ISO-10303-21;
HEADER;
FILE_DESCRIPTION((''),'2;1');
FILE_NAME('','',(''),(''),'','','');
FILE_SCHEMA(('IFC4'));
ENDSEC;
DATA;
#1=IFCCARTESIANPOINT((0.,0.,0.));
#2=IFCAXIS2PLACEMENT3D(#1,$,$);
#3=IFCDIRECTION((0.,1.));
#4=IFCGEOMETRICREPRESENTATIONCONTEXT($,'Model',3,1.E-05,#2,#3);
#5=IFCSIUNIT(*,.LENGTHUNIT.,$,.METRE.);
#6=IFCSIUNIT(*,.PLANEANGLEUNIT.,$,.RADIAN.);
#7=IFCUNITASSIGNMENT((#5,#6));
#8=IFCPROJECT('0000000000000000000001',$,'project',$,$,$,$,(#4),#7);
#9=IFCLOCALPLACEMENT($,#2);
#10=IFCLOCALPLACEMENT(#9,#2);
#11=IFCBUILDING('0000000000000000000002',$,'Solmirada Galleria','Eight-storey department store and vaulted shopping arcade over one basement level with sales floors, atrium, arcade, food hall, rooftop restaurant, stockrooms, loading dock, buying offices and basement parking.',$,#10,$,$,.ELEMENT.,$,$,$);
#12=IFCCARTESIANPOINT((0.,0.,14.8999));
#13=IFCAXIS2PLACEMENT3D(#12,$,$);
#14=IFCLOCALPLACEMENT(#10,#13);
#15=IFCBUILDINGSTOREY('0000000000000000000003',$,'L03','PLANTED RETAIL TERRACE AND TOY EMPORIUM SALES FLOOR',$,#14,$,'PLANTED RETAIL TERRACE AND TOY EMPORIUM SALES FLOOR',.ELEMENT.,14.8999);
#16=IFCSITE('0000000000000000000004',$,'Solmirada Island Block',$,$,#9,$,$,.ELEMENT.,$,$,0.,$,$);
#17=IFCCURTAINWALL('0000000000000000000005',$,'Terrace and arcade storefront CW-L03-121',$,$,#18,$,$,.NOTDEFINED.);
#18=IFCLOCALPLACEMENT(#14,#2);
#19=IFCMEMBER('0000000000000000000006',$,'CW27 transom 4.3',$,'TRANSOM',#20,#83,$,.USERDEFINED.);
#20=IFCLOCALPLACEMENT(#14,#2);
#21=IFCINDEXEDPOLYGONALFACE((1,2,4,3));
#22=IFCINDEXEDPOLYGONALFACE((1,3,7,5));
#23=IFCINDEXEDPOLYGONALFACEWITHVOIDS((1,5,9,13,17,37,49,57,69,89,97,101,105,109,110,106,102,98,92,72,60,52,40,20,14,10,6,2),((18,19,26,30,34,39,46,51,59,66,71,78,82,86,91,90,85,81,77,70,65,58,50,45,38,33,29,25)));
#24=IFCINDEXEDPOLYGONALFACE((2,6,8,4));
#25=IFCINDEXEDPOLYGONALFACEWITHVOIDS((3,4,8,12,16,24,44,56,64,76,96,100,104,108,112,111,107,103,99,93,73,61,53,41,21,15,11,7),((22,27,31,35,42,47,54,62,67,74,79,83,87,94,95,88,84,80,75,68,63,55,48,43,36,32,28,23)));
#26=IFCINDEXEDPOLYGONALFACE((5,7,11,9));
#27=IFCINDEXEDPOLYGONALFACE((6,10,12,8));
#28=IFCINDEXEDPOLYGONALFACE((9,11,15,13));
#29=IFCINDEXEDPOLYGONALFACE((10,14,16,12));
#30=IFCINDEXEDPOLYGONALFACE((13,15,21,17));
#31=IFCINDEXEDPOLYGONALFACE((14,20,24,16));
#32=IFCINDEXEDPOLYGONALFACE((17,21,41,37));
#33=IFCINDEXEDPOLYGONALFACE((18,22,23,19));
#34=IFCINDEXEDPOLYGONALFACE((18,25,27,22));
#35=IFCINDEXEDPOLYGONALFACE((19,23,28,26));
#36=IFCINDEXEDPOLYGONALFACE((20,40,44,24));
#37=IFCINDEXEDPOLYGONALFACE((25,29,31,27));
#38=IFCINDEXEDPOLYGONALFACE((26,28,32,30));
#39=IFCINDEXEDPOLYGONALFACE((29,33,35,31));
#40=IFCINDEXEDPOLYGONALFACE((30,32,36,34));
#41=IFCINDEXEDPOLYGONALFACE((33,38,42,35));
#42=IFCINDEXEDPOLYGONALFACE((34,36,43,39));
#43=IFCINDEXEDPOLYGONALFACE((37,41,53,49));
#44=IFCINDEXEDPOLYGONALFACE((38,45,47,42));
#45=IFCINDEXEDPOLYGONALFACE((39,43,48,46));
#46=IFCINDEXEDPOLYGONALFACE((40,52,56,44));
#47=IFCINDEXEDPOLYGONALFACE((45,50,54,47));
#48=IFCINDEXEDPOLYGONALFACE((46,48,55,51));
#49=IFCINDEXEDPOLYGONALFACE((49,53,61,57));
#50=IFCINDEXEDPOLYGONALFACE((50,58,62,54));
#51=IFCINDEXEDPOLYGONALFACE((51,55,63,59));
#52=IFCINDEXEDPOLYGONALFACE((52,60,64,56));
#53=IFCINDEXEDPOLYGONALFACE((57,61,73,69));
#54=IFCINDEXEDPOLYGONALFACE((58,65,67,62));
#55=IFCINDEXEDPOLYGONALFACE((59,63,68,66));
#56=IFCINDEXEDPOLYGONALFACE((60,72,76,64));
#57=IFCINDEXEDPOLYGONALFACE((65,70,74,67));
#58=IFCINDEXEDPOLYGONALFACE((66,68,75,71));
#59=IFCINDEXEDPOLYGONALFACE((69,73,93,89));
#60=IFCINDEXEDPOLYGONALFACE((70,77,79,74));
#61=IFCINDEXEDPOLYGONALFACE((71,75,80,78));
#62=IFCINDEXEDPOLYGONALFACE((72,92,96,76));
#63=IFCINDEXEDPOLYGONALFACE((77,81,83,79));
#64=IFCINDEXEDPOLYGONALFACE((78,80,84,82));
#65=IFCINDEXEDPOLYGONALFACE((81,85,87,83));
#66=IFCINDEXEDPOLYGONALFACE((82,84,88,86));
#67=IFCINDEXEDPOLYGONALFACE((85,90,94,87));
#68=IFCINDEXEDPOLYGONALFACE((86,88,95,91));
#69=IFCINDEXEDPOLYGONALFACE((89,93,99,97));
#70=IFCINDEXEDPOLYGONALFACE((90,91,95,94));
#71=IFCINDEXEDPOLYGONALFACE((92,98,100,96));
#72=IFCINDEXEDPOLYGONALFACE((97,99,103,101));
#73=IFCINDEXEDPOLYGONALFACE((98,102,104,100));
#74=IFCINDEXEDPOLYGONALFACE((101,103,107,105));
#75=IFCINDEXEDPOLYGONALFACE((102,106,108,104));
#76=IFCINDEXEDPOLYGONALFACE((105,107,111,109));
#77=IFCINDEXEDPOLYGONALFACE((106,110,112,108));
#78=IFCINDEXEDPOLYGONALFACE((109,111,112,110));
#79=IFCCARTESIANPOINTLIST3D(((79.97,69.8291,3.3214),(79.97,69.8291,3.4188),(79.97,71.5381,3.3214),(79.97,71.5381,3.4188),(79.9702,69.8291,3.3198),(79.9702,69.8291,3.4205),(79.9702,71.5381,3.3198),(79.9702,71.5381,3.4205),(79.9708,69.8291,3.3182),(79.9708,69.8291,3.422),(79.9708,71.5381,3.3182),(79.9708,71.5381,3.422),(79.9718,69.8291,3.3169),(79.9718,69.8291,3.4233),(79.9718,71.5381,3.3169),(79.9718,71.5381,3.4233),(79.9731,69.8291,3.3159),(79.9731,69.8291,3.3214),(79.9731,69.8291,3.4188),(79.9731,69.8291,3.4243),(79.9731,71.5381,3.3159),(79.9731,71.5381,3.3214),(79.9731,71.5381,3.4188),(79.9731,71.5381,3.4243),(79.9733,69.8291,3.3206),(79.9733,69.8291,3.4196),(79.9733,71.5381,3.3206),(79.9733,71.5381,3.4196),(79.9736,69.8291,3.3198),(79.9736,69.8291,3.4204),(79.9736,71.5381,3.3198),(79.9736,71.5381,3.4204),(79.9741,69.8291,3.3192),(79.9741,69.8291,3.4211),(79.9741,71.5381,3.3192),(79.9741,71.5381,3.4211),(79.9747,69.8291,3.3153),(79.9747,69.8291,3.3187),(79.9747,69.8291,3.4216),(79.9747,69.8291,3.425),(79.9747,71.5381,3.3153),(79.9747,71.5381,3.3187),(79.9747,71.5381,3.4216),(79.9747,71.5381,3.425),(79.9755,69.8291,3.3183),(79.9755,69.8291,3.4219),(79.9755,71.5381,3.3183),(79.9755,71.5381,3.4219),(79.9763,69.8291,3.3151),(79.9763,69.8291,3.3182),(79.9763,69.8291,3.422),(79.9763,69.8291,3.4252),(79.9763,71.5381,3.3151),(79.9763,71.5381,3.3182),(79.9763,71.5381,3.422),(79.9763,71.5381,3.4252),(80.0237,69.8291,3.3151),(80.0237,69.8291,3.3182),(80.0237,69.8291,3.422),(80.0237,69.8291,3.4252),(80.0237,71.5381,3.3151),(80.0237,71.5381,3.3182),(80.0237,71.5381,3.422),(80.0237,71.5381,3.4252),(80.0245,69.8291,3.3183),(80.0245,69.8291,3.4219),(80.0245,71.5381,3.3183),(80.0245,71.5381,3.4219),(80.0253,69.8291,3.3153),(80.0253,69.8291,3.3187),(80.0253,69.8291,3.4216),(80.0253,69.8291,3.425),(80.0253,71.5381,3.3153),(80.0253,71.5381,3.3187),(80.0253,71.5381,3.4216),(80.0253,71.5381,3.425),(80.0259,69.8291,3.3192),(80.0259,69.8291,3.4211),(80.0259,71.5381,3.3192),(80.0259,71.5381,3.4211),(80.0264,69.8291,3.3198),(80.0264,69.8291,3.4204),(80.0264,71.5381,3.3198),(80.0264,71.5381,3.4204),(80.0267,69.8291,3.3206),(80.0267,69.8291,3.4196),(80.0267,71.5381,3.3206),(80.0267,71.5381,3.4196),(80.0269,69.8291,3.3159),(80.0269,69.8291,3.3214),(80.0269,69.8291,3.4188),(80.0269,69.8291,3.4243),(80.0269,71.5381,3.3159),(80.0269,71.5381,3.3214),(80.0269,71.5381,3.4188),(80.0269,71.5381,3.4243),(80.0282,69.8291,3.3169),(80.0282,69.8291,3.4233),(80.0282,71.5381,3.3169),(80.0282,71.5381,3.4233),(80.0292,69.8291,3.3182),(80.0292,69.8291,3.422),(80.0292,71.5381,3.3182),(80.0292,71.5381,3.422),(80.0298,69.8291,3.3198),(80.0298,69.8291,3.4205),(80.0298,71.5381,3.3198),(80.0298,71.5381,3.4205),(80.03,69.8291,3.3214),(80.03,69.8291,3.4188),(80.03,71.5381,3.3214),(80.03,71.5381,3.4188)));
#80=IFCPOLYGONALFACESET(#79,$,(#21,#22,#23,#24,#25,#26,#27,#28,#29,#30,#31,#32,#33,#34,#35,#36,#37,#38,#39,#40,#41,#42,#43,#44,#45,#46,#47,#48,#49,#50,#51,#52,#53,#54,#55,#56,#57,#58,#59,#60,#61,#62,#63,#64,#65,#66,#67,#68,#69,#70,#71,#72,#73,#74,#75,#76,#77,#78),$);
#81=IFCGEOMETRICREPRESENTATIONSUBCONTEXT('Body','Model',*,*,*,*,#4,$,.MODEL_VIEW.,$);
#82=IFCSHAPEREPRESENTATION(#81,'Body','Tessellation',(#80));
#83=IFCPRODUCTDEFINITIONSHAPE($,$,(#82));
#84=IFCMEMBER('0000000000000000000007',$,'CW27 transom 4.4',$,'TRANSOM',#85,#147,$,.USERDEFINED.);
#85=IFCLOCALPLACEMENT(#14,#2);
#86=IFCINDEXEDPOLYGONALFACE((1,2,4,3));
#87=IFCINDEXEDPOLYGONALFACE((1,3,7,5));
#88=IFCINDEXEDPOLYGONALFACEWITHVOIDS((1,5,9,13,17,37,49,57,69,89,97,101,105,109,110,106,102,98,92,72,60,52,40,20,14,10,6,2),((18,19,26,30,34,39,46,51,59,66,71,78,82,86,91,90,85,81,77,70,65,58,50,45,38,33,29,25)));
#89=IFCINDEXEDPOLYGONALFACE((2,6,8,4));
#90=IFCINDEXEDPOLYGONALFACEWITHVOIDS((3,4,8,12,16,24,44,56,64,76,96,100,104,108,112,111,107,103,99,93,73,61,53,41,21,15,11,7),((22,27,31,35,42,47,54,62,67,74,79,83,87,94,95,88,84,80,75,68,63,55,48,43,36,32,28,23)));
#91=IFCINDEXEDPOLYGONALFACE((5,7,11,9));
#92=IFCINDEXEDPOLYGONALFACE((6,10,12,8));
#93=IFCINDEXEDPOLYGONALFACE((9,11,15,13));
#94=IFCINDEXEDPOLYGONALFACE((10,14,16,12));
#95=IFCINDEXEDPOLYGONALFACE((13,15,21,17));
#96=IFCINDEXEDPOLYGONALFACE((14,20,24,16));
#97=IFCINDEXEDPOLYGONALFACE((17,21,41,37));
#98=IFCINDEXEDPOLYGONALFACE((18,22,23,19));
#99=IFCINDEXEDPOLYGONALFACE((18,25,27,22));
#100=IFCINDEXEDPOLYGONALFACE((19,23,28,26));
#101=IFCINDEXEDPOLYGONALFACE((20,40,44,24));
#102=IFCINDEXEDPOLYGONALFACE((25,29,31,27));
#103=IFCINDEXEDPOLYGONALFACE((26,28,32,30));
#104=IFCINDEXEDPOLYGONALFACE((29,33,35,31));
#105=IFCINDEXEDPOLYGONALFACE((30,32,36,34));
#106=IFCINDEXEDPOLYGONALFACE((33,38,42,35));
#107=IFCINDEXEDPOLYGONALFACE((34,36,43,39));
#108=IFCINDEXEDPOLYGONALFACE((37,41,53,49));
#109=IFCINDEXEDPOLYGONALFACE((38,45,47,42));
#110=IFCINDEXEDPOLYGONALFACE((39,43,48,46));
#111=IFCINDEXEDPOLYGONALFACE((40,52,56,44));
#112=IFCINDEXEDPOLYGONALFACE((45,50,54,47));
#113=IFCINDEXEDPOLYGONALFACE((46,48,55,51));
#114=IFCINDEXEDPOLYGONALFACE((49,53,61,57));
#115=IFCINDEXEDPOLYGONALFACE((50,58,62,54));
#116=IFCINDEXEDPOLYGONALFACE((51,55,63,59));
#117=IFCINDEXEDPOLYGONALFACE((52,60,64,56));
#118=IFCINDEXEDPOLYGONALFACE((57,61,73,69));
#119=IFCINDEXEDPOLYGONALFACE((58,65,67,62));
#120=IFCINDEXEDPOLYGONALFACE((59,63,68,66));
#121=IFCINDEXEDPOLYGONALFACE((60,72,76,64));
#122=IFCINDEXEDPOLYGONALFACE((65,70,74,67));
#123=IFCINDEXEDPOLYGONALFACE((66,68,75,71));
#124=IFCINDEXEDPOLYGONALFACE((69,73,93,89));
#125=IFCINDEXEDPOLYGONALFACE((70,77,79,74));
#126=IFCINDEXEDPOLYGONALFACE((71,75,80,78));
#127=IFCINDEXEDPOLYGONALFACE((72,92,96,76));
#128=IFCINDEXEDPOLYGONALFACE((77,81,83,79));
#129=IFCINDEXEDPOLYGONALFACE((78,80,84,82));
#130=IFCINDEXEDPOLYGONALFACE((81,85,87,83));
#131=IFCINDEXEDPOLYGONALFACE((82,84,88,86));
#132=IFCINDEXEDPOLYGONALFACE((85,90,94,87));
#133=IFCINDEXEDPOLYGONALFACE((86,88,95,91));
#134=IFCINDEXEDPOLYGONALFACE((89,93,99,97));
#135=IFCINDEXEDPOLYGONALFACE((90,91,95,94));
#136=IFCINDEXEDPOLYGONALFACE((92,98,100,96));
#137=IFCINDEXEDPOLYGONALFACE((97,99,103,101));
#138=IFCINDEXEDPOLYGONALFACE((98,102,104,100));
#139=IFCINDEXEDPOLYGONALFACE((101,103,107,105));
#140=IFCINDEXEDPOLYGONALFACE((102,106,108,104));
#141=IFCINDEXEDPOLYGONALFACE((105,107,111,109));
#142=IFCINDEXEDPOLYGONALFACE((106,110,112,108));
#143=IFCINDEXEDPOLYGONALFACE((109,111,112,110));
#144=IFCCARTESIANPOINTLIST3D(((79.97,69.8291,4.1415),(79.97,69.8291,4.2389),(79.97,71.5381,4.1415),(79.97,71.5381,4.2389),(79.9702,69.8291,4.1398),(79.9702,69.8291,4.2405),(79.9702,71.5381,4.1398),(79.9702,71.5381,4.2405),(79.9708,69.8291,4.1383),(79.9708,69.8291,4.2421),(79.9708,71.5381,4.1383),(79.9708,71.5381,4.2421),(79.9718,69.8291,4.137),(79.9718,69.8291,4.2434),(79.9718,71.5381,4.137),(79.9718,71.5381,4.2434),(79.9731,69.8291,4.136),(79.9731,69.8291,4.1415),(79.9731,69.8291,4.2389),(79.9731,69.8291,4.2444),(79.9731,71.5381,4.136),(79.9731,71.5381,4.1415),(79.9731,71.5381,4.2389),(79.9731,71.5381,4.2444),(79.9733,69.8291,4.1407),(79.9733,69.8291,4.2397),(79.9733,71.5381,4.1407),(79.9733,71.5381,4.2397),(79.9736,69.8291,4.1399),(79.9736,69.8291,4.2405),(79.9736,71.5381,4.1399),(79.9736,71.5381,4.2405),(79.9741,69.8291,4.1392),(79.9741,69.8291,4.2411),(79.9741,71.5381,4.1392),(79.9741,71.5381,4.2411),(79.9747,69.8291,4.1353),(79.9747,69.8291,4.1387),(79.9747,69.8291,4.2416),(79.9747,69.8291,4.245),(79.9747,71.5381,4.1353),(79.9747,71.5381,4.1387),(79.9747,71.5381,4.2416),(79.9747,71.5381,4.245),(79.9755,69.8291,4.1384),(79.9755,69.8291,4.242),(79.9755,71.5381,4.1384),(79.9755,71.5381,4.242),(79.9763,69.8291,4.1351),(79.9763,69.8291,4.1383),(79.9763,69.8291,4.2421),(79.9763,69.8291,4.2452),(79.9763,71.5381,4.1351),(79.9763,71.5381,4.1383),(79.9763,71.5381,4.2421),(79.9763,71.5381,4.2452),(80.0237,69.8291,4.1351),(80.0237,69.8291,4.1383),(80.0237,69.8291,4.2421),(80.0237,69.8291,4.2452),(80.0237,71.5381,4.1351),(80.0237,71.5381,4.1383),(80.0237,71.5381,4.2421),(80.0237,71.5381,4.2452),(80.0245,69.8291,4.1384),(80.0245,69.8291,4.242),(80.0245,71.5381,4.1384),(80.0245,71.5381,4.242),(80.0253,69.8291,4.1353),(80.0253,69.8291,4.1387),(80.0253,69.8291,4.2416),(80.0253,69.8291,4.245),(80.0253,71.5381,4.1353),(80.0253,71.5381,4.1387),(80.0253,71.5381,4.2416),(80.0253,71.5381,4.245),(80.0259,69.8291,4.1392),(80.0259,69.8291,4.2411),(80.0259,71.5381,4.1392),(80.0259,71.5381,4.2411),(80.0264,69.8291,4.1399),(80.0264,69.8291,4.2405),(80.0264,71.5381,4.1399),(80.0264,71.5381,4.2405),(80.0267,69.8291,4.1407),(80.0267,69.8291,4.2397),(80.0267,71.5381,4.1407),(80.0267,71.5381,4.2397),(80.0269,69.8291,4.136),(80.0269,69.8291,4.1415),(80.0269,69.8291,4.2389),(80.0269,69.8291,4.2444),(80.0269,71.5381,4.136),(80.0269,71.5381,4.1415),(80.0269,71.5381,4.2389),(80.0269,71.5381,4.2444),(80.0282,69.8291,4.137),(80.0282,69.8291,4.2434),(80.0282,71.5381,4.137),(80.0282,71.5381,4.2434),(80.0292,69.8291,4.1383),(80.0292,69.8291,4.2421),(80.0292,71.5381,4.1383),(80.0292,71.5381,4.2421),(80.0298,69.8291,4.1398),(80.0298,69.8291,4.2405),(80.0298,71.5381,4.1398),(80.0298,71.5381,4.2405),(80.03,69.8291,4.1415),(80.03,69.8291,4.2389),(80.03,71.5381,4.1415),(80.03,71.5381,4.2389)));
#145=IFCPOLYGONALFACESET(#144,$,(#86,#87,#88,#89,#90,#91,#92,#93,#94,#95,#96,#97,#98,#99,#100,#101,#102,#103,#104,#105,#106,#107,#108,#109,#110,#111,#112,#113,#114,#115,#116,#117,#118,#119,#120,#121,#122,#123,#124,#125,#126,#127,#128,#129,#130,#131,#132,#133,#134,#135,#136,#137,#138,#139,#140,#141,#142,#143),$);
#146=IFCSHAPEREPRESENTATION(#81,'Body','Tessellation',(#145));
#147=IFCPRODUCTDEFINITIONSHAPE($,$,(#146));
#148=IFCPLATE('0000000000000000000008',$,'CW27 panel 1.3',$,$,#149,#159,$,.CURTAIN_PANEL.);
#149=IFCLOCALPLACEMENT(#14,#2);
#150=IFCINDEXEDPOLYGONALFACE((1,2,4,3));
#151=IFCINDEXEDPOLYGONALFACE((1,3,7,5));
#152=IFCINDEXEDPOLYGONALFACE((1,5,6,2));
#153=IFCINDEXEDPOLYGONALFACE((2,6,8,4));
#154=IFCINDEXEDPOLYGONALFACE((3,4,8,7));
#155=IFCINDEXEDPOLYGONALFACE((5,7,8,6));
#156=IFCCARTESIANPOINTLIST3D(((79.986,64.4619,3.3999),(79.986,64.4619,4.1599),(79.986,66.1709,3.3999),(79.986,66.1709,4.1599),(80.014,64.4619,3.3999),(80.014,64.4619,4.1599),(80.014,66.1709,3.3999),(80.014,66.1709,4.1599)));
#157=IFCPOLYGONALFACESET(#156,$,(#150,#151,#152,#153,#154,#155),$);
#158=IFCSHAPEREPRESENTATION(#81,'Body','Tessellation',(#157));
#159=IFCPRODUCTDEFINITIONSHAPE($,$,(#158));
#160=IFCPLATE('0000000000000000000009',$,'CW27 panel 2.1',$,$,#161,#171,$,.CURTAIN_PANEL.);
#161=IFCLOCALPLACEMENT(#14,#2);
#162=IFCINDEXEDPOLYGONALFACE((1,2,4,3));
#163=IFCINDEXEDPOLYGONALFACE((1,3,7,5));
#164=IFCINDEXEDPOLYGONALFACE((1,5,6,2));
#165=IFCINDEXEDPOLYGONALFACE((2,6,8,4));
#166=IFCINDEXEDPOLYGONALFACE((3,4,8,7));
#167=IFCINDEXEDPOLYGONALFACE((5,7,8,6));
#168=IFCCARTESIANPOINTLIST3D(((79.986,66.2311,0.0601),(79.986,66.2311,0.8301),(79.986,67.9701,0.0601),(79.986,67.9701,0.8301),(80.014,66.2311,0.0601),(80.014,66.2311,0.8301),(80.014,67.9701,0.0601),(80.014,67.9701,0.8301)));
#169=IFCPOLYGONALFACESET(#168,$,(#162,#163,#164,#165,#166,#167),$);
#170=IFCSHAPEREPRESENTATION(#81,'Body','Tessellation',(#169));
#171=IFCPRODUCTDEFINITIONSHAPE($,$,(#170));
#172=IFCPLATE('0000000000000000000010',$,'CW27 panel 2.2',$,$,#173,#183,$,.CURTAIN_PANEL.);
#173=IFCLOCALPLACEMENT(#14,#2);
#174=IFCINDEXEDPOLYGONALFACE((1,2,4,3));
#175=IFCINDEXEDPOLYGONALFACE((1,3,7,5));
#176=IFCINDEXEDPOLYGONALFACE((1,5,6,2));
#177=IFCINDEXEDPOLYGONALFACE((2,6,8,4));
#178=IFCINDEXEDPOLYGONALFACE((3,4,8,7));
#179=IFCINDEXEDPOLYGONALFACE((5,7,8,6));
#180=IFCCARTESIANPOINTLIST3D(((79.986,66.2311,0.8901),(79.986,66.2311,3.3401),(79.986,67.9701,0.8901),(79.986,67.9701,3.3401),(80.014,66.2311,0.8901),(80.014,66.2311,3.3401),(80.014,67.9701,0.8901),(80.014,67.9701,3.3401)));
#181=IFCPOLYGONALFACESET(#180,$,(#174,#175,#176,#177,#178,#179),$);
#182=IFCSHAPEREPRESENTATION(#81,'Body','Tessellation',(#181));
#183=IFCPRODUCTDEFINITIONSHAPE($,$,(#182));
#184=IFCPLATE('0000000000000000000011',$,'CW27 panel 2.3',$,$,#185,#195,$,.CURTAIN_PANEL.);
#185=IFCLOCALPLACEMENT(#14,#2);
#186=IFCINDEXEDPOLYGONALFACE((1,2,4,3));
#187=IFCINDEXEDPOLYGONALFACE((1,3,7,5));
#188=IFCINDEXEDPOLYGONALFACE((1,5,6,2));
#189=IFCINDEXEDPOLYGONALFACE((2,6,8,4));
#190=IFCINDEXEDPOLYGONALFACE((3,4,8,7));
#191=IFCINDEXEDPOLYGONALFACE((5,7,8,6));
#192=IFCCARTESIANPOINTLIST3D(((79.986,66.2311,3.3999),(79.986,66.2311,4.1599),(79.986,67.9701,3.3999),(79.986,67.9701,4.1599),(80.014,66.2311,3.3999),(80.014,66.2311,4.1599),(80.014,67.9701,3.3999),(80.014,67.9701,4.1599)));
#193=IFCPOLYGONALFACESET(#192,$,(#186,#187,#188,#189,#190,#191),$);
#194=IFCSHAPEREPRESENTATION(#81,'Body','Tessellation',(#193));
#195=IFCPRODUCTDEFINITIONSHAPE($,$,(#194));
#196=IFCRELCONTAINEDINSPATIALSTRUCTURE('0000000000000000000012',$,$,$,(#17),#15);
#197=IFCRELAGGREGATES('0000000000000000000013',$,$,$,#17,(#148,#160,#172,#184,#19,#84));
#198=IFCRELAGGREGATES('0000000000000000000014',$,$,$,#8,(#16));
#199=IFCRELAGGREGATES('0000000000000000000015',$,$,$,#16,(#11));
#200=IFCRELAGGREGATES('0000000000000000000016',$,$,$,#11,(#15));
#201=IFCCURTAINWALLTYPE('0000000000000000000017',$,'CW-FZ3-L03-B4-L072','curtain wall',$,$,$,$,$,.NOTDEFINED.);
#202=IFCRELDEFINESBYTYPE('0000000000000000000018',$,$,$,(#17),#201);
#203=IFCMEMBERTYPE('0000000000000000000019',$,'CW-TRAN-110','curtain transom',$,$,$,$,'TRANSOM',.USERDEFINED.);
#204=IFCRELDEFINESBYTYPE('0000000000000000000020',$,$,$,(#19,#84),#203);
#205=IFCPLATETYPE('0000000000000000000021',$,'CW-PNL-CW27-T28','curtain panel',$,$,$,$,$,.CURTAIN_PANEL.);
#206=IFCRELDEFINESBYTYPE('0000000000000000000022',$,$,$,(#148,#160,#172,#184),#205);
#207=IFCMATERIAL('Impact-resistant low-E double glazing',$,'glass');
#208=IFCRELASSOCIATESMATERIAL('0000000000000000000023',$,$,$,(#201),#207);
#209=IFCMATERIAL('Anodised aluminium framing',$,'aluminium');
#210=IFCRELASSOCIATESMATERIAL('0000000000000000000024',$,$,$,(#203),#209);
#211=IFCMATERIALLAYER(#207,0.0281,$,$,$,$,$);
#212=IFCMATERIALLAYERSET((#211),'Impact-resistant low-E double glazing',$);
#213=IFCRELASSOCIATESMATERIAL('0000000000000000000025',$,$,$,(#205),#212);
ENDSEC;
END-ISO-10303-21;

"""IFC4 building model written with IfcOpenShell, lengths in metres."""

from ifc_helpers import new_model, si_unit, direction, frame, origin, origin_2d, place, context, subcontext, project, spatial, rectangle, hollow_rectangle, extrude, material, layer, layer_set, material_profile, profile_set, type_object, element, aggregate, save


model = new_model("IFC4")

# Units and contexts
model_context = context("Model", 3, precision=1e-05, world=origin(), true_north=direction((0.0, 1.0)))
body_context = subcontext(model_context, "Body", "Model", "MODEL_VIEW")
ifc_project = project(units=[si_unit("LENGTHUNIT", "METRE"), si_unit("PLANEANGLEUNIT", "RADIAN")], contexts=[model_context])

# Site, building, storey
site_placement = place(None, origin())
site = spatial("IfcSite", under=ifc_project, at=site_placement, Name="Solmirada Island Block", CompositionType="ELEMENT", RefElevation=0.0)
building_placement = place(site_placement, origin())
building = spatial("IfcBuilding", under=site, at=building_placement, Name="Solmirada Galleria", Description="Eight-storey department store and vaulted shopping arcade over one basement level with sales floors, atrium, arcade, food hall, rooftop restaurant, stockrooms, loading dock, buying offices and basement parking.", CompositionType="ELEMENT")
storey_placement = place(building_placement, frame((0.0, 0.0, 14.8999)))
storey = spatial("IfcBuildingStorey", under=building, at=storey_placement, Name="L03", Description="PLANTED RETAIL TERRACE AND TOY EMPORIUM SALES FLOOR", LongName="PLANTED RETAIL TERRACE AND TOY EMPORIUM SALES FLOOR", CompositionType="ELEMENT", Elevation=14.8999)

# Curtain wall, members, plates
ifc_material_1 = material(Name="Impact-resistant low-E double glazing", Category="glass")
curtain_wall_type = type_object("IfcCurtainWallType", Name="CW-FZ3-L03-B4-L072", Description="curtain wall", PredefinedType="NOTDEFINED", material=ifc_material_1)
curtain_wall_placement = place(storey_placement, origin())
curtain_wall = element("IfcCurtainWall", 1, at=curtain_wall_placement, inside=storey, type_object=curtain_wall_type, Name="Terrace and arcade storefront CW-L03-121", PredefinedType="NOTDEFINED")
ifc_material_2 = material(Name="Anodised aluminium framing", Category="aluminium")
ifc_material_profile_1 = material_profile(ifc_material_2, hollow_rectangle(XDim=0.0601, YDim=0.1101, WallThickness=0.0032, InnerFilletRadius=0.0032, OuterFilletRadius=0.0063, at=origin_2d()), Name="ALU-TRAN-110X60")
ifc_profile_set_1 = profile_set([ifc_material_profile_1], Name="Anodised aluminium framing")
member_type_1 = type_object("IfcMemberType", Name="CW-TRAN-110", Description="curtain transom", ElementType="TRANSOM", PredefinedType="USERDEFINED", material=ifc_profile_set_1)
member_1_placement = place(storey_placement, frame((80.0, 69.8291, 3.3701), z_axis=(0.0, 1.0, 0.0), x_axis=(-1.0, 0.0, 0.0)))
member_1 = element("IfcMember", 2, at=member_1_placement, type_object=member_type_1, Name="CW27 transom 4.3", ObjectType="TRANSOM", PredefinedType="USERDEFINED", context=body_context, shape_type="SweptSolid", body=[
    extrude(hollow_rectangle(XDim=0.0601, YDim=0.1101, WallThickness=0.0032, InnerFilletRadius=0.0032, OuterFilletRadius=0.0063, at=origin_2d()), origin(), (0.0, 0.0, 1.0), 1.709),
])
member_2_placement = place(storey_placement, frame((80.0, 69.8291, 4.1902), z_axis=(0.0, 1.0, 0.0), x_axis=(-1.0, 0.0, 0.0)))
member_2 = element("IfcMember", 3, at=member_2_placement, type_object=member_type_1, Name="CW27 transom 4.4", ObjectType="TRANSOM", PredefinedType="USERDEFINED", context=body_context, shape_type="SweptSolid", body=[
    extrude(hollow_rectangle(XDim=0.0601, YDim=0.1101, WallThickness=0.0032, InnerFilletRadius=0.0032, OuterFilletRadius=0.0063, at=origin_2d()), origin(), (0.0, 0.0, 1.0), 1.709),
])
ifc_layer_1 = layer(ifc_material_1, 0.0281)
ifc_layer_set_1 = layer_set([ifc_layer_1], Name="Impact-resistant low-E double glazing")
plate_type = type_object("IfcPlateType", Name="CW-PNL-CW27-T28", Description="curtain panel", PredefinedType="CURTAIN_PANEL", material=ifc_layer_set_1)
plate_1_placement = place(storey_placement, frame((80.0, 65.3164, 3.3999), z_axis=(0.0, 0.0, 1.0), x_axis=(0.0, 1.0, 0.0)))
plate_1 = element("IfcPlate", 4, at=plate_1_placement, type_object=plate_type, Name="CW27 panel 1.3", PredefinedType="CURTAIN_PANEL", context=body_context, shape_type="SweptSolid", body=[
    extrude(rectangle(XDim=1.709, YDim=0.0281, at=origin_2d()), origin(), (0.0, 0.0, 1.0), 0.76),
])
plate_2_placement = place(storey_placement, frame((80.0, 67.1006, 0.0601), z_axis=(0.0, 0.0, 1.0), x_axis=(0.0, 1.0, 0.0)))
plate_2 = element("IfcPlate", 5, at=plate_2_placement, type_object=plate_type, Name="CW27 panel 2.1", PredefinedType="CURTAIN_PANEL", context=body_context, shape_type="SweptSolid", body=[
    extrude(rectangle(XDim=1.739, YDim=0.0281, at=origin_2d()), origin(), (0.0, 0.0, 1.0), 0.77),
])
plate_3_placement = place(storey_placement, frame((80.0, 67.1006, 0.8901), z_axis=(0.0, 0.0, 1.0), x_axis=(0.0, 1.0, 0.0)))
plate_3 = element("IfcPlate", 6, at=plate_3_placement, type_object=plate_type, Name="CW27 panel 2.2", PredefinedType="CURTAIN_PANEL", context=body_context, shape_type="SweptSolid", body=[
    extrude(rectangle(XDim=1.739, YDim=0.0281, at=origin_2d()), origin(), (0.0, 0.0, 1.0), 2.45),
])
plate_4_placement = place(storey_placement, frame((80.0, 67.1006, 3.3999), z_axis=(0.0, 0.0, 1.0), x_axis=(0.0, 1.0, 0.0)))
plate_4 = element("IfcPlate", 7, at=plate_4_placement, type_object=plate_type, Name="CW27 panel 2.3", PredefinedType="CURTAIN_PANEL", context=body_context, shape_type="SweptSolid", body=[
    extrude(rectangle(XDim=1.739, YDim=0.0281, at=origin_2d()), origin(), (0.0, 0.0, 1.0), 0.76),
])
aggregate(curtain_wall, [plate_1, plate_2, plate_3, plate_4, member_1, member_2])

save(model, "model.ifc")
